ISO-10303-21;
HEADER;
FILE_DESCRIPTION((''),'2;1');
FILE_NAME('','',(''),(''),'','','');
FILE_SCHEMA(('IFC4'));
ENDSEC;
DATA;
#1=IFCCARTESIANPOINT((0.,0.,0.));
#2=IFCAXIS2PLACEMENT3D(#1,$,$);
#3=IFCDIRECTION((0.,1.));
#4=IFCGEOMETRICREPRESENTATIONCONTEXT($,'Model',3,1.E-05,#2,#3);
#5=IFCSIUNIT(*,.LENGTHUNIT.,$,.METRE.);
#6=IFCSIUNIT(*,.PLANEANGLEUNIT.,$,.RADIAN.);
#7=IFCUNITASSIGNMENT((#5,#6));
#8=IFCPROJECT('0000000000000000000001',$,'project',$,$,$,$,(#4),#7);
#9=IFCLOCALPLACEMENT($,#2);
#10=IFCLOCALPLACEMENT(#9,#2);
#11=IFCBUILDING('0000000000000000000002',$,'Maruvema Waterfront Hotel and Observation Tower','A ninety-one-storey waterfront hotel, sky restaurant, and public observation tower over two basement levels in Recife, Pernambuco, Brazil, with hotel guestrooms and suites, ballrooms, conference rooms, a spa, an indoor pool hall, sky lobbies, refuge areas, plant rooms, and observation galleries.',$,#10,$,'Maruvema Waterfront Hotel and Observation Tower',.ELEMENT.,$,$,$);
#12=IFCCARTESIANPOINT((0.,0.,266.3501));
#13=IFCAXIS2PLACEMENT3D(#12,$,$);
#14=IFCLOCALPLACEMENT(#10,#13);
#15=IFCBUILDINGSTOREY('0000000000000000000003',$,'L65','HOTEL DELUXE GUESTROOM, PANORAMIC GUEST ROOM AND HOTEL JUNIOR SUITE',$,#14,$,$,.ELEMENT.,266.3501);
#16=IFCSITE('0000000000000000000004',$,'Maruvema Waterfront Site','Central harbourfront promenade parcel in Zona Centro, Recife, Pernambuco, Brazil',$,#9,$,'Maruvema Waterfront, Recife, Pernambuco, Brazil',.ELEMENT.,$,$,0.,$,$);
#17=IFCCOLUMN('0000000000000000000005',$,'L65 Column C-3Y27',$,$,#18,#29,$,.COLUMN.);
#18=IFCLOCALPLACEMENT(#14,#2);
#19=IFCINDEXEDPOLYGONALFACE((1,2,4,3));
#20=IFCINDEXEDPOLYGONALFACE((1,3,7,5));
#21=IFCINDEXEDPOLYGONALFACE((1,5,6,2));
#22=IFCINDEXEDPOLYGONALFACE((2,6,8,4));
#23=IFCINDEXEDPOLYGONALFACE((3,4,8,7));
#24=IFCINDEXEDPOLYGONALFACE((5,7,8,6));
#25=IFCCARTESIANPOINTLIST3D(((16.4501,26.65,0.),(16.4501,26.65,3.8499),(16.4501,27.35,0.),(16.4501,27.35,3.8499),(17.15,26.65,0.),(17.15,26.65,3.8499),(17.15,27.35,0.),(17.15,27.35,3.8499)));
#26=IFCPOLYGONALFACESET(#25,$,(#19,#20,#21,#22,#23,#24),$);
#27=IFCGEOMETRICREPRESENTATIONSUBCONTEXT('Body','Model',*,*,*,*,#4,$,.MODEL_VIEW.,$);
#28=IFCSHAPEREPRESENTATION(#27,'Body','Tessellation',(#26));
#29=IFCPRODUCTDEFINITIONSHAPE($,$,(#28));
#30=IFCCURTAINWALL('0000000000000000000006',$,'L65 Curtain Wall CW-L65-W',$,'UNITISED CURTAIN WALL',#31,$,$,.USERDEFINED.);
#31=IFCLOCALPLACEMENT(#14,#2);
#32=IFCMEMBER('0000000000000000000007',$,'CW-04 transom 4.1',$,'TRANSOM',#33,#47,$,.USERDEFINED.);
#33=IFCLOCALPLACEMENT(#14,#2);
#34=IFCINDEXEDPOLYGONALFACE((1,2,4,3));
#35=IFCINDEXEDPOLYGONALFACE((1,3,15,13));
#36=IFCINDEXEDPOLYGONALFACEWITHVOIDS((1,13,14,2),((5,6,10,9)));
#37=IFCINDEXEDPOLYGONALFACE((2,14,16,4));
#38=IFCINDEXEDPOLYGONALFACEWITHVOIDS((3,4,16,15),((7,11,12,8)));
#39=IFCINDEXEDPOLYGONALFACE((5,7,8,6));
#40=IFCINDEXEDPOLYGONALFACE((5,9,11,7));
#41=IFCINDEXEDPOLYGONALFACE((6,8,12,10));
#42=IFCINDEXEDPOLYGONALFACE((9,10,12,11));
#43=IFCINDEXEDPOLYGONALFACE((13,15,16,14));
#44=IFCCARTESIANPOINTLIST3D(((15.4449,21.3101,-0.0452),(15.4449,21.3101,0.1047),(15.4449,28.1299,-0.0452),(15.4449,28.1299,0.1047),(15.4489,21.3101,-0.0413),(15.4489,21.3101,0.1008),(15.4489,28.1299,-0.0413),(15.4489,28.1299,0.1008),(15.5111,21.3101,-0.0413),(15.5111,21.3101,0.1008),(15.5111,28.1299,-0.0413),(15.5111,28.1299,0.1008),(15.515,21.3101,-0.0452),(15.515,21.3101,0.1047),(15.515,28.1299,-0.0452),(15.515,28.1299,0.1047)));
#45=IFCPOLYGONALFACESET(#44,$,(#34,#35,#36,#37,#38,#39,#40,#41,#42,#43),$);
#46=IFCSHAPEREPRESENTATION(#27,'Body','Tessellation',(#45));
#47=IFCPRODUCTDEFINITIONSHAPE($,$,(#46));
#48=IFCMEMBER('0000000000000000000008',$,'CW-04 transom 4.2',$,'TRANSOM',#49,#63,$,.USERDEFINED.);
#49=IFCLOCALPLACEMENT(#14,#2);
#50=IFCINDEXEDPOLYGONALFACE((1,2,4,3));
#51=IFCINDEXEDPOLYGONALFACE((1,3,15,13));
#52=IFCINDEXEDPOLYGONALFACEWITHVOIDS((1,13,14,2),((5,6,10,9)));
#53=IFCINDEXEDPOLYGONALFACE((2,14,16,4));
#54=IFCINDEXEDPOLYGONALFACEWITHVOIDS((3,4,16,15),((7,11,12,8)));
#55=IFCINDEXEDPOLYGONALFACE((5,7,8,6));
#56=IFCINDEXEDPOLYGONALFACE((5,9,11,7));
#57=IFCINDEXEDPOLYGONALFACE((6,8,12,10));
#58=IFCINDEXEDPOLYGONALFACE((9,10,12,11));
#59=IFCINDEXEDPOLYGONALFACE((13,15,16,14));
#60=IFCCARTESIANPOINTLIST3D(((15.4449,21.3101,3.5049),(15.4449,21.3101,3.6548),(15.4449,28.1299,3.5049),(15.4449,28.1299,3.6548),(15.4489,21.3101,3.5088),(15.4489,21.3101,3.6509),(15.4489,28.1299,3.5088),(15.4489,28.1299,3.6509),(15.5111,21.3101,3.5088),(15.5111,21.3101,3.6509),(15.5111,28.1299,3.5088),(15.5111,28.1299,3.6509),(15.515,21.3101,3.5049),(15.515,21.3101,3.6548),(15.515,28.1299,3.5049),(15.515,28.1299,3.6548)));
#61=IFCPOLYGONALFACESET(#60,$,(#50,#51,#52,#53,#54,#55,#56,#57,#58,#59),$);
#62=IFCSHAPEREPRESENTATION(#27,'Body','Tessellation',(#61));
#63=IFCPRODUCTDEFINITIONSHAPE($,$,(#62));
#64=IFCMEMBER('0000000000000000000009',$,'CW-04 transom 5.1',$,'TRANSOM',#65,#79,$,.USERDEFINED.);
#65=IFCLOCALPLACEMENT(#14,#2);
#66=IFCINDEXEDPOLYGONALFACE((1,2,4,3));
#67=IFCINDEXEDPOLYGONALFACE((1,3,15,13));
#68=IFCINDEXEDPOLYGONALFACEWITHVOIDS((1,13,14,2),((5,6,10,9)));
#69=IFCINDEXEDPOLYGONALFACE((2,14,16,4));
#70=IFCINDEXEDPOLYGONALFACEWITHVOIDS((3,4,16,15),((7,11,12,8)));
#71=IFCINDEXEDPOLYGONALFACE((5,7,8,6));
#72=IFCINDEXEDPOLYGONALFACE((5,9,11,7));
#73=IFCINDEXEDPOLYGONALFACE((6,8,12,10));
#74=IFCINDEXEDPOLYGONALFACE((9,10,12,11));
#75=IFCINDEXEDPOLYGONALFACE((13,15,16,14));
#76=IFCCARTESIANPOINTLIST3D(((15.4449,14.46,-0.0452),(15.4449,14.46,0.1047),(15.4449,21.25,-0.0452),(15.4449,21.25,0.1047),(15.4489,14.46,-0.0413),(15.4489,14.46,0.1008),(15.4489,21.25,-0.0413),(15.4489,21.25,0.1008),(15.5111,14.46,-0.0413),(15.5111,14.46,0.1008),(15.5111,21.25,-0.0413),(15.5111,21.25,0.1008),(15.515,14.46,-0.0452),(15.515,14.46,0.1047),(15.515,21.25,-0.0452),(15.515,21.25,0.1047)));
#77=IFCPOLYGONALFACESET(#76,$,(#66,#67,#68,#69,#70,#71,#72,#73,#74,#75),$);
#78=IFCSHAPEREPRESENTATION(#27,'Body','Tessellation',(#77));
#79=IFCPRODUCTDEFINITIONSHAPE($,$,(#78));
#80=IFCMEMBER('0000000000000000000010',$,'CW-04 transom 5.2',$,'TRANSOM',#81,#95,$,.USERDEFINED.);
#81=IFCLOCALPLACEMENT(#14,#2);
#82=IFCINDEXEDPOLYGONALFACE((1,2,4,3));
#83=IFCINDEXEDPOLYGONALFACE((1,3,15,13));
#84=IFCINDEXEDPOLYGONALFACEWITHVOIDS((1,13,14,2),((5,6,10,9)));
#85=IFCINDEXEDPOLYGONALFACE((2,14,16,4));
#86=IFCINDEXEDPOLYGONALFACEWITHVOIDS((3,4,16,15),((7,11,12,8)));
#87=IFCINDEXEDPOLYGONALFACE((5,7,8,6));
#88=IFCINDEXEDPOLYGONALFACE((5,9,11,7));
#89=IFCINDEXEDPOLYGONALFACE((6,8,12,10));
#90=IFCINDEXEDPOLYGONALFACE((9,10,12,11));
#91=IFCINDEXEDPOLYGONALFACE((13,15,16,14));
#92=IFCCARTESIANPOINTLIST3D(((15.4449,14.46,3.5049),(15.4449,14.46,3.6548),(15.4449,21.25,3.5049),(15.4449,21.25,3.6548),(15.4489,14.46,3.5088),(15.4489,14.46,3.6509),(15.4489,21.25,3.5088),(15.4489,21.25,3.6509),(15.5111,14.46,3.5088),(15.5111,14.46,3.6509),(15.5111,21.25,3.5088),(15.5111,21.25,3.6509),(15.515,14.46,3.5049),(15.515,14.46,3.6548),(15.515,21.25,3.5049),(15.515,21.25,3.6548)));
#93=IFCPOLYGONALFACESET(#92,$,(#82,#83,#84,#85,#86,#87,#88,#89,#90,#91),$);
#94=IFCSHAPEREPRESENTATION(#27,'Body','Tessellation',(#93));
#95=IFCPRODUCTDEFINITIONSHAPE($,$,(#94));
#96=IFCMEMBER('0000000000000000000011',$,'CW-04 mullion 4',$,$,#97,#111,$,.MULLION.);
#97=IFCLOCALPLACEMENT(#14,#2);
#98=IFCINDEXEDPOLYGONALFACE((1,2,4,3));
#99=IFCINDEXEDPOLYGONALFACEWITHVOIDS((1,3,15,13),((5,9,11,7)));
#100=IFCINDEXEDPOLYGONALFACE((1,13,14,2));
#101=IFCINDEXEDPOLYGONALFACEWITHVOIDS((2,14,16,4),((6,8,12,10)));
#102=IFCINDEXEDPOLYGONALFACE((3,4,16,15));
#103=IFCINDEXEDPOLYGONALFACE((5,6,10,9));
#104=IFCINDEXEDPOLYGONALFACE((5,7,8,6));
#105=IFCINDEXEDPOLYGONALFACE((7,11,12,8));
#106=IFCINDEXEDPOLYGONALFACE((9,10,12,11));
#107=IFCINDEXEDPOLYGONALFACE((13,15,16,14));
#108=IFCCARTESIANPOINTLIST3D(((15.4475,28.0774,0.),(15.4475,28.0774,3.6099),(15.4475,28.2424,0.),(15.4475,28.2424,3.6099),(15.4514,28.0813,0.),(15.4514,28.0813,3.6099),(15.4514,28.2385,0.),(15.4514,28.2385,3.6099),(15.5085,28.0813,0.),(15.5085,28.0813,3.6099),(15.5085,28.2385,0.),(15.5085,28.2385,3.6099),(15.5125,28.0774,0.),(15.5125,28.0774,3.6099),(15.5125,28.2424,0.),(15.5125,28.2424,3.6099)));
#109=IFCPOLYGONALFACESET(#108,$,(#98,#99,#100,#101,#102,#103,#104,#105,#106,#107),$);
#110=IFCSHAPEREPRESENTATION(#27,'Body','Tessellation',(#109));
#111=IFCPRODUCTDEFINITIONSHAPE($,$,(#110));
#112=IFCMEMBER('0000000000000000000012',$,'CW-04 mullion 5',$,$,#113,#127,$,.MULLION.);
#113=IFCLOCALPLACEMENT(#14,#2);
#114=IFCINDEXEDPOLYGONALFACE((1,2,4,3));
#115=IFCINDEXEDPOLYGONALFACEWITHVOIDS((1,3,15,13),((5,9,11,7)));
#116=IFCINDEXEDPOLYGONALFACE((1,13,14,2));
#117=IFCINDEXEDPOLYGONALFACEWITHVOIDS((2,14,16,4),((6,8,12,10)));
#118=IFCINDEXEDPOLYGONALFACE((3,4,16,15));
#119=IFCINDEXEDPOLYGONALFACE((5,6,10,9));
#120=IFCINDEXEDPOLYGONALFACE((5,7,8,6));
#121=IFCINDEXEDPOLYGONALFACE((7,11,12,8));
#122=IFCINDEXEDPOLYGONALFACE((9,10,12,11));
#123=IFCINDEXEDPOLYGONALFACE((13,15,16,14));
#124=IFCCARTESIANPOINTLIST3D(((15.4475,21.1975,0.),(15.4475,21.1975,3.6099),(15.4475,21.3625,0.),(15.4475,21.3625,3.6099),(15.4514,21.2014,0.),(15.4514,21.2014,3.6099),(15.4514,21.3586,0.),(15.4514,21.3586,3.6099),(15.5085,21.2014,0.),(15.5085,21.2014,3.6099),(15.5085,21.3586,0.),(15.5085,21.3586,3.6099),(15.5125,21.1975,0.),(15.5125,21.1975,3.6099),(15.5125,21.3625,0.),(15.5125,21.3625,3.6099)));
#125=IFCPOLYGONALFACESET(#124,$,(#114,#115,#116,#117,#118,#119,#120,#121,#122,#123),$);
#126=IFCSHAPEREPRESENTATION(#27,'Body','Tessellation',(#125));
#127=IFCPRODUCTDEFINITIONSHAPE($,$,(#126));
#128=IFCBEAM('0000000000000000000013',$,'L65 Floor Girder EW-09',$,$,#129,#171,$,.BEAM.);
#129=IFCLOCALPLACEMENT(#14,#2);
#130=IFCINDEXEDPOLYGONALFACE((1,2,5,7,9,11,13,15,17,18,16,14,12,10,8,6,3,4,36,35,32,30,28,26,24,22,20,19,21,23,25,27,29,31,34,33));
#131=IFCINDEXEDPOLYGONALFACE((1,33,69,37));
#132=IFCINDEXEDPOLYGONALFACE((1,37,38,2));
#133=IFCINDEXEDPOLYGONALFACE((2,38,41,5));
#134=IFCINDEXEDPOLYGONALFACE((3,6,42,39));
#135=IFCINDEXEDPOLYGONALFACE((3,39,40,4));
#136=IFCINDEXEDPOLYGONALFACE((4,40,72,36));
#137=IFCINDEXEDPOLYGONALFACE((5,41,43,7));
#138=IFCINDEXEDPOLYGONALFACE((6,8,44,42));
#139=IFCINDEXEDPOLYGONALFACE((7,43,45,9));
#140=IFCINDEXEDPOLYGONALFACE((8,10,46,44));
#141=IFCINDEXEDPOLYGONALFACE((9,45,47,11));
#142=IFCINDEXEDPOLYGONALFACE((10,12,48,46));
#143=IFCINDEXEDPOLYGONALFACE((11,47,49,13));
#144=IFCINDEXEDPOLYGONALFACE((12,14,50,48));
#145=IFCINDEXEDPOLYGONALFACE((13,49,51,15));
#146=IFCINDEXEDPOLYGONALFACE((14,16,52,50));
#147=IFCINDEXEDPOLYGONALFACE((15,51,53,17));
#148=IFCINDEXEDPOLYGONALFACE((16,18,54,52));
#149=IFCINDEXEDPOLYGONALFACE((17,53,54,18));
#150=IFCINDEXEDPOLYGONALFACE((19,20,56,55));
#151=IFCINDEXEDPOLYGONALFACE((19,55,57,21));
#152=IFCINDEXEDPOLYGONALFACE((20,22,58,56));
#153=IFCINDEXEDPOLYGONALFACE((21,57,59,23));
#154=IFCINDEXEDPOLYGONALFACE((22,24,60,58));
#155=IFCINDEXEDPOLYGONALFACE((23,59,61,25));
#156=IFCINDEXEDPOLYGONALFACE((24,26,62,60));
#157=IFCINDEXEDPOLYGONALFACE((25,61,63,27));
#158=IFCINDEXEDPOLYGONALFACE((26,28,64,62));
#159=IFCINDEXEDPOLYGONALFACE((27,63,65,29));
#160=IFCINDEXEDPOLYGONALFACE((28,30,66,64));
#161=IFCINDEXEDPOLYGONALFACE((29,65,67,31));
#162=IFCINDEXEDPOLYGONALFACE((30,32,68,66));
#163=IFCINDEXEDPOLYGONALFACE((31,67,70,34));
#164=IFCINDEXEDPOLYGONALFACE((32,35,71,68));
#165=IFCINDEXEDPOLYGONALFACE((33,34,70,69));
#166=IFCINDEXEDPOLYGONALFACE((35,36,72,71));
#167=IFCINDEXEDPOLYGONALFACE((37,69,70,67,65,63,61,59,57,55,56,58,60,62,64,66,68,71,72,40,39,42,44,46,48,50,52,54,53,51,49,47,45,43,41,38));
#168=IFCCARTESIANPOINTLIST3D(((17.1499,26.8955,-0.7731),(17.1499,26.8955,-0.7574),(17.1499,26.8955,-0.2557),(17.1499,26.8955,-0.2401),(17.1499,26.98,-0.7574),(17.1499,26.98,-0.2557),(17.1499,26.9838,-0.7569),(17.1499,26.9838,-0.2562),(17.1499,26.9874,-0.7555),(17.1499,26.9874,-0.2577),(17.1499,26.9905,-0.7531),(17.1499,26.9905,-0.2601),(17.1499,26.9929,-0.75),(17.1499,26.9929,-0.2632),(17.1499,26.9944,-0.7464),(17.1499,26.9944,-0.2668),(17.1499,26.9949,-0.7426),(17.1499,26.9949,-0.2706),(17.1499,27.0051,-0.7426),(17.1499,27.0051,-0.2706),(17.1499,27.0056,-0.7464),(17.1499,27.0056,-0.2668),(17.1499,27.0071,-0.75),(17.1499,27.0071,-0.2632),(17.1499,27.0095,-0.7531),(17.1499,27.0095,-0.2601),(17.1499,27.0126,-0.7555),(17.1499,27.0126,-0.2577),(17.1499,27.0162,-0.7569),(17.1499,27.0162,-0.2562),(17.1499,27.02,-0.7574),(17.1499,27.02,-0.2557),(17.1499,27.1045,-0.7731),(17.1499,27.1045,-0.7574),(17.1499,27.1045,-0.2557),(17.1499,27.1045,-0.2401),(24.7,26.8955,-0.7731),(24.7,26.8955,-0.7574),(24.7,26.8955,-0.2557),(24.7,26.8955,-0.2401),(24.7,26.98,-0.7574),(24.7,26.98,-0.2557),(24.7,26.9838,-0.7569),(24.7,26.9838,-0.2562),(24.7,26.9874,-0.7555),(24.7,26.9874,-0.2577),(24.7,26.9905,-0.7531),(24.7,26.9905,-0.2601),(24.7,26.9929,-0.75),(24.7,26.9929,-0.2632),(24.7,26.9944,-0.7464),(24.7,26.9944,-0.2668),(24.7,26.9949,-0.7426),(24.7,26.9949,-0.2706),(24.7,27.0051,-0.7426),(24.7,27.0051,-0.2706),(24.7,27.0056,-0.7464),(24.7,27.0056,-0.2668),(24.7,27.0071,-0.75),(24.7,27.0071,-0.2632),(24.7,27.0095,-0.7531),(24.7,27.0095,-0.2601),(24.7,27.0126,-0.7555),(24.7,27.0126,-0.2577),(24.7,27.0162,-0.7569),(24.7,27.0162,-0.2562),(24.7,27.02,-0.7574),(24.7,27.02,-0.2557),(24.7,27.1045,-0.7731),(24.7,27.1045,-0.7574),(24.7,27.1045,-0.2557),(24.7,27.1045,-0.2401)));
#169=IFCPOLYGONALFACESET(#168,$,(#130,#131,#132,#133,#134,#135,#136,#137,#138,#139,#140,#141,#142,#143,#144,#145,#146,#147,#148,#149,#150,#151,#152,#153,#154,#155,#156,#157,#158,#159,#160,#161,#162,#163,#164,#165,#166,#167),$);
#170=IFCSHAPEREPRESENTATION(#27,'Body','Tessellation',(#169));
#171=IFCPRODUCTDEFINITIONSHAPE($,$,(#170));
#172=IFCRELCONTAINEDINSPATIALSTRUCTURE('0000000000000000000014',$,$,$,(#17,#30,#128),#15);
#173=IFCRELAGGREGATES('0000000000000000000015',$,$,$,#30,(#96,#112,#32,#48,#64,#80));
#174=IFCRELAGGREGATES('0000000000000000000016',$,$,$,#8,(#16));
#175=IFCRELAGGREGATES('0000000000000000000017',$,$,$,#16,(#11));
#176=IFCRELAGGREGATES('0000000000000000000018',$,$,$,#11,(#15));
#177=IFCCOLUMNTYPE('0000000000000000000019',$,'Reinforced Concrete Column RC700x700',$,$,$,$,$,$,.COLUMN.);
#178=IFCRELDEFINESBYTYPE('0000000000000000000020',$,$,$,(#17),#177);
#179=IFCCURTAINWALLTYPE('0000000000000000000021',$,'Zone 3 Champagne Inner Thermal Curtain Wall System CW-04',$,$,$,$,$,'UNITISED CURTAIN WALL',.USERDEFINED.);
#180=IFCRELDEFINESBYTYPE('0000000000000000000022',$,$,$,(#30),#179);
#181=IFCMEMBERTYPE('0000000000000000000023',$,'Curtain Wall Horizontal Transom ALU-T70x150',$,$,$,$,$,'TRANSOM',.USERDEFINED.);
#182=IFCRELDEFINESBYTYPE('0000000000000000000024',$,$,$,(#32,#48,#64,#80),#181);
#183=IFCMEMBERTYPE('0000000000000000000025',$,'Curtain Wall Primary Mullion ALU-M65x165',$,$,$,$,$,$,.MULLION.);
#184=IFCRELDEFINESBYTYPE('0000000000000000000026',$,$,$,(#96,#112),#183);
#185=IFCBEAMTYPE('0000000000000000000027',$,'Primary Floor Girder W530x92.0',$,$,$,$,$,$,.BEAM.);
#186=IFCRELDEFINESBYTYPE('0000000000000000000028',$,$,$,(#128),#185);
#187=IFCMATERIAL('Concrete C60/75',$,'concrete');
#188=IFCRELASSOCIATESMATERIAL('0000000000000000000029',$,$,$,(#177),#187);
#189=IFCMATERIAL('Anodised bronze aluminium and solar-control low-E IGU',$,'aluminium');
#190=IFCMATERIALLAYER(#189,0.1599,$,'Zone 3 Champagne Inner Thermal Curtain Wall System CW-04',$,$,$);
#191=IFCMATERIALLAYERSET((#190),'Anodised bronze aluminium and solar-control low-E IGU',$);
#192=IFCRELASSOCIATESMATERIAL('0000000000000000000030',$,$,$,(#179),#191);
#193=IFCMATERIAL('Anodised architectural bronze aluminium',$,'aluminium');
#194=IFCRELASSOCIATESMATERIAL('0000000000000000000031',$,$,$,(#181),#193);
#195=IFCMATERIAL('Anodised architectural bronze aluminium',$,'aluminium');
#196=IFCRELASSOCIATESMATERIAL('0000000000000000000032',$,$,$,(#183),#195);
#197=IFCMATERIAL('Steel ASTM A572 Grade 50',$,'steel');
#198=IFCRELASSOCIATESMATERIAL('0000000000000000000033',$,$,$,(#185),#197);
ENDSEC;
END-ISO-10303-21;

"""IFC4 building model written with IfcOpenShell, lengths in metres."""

from ifc_helpers import new_model, si_unit, direction, frame, origin, origin_2d, place, context, subcontext, project, spatial, rectangle, hollow_rectangle, i_section, extrude, material, layer, layer_set, material_profile, profile_set, type_object, element, aggregate, save


model = new_model("IFC4")

# Units and contexts
model_context = context("Model", 3, precision=1e-05, world=origin(), true_north=direction((0.0, 1.0)))
body_context = subcontext(model_context, "Body", "Model", "MODEL_VIEW")
ifc_project = project(units=[si_unit("LENGTHUNIT", "METRE"), si_unit("PLANEANGLEUNIT", "RADIAN")], contexts=[model_context])

# Site, building, storey
site_placement = place(None, origin())
site = spatial("IfcSite", under=ifc_project, at=site_placement, Name="Maruvema Waterfront Site", Description="Central harbourfront promenade parcel in Zona Centro, Recife, Pernambuco, Brazil", LongName="Maruvema Waterfront, Recife, Pernambuco, Brazil", CompositionType="ELEMENT", RefElevation=0.0)
building_placement = place(site_placement, origin())
building = spatial("IfcBuilding", under=site, at=building_placement, Name="Maruvema Waterfront Hotel and Observation Tower", Description="A ninety-one-storey waterfront hotel, sky restaurant, and public observation tower over two basement levels in Recife, Pernambuco, Brazil, with hotel guestrooms and suites, ballrooms, conference rooms, a spa, an indoor pool hall, sky lobbies, refuge areas, plant rooms, and observation galleries.", LongName="Maruvema Waterfront Hotel and Observation Tower", CompositionType="ELEMENT")
storey_placement = place(building_placement, frame((0.0, 0.0, 266.3501)))
storey = spatial("IfcBuildingStorey", under=building, at=storey_placement, Name="L65", Description="HOTEL DELUXE GUESTROOM, PANORAMIC GUEST ROOM AND HOTEL JUNIOR SUITE", CompositionType="ELEMENT", Elevation=266.3501)

# Column
ifc_material_1 = material(Name="Concrete C60/75", Category="concrete")
ifc_material_profile_1 = material_profile(ifc_material_1, rectangle(XDim=0.7, YDim=0.7, at=origin_2d()), Name="RC700x700")
ifc_profile_set_1 = profile_set([ifc_material_profile_1], Name="Concrete C60/75")
column_type = type_object("IfcColumnType", Name="Reinforced Concrete Column RC700x700", PredefinedType="COLUMN", material=ifc_profile_set_1)
column_placement = place(storey_placement, frame((16.8, 27.0, 0.0), z_axis=(0.0, 0.0, 1.0), x_axis=(1.0, 0.0, 0.0)))
element("IfcColumn", 1, at=column_placement, inside=storey, type_object=column_type, Name="L65 Column C-3Y27", PredefinedType="COLUMN", context=body_context, shape_type="SweptSolid", body=[
    extrude(rectangle(XDim=0.7, YDim=0.7, at=origin_2d()), origin(), (0.0, 0.0, 1.0), 3.8499),
])

# Curtain wall, members
ifc_material_2 = material(Name="Anodised bronze aluminium and solar-control low-E IGU", Category="aluminium")
ifc_layer_1 = layer(ifc_material_2, 0.1599, Name="Zone 3 Champagne Inner Thermal Curtain Wall System CW-04")
ifc_layer_set_1 = layer_set([ifc_layer_1], Name="Anodised bronze aluminium and solar-control low-E IGU")
curtain_wall_type = type_object("IfcCurtainWallType", Name="Zone 3 Champagne Inner Thermal Curtain Wall System CW-04", ElementType="UNITISED CURTAIN WALL", PredefinedType="USERDEFINED", material=ifc_layer_set_1)
curtain_wall_placement = place(storey_placement, origin())
curtain_wall = element("IfcCurtainWall", 2, at=curtain_wall_placement, inside=storey, type_object=curtain_wall_type, Name="L65 Curtain Wall CW-L65-W", ObjectType="UNITISED CURTAIN WALL", PredefinedType="USERDEFINED")
ifc_material_3 = material(Name="Anodised architectural bronze aluminium", Category="aluminium")
ifc_material_profile_2 = material_profile(ifc_material_3, hollow_rectangle(XDim=0.0701, YDim=0.1499, WallThickness=0.0039, at=origin_2d()), Name="ALU-T70x150")
ifc_profile_set_2 = profile_set([ifc_material_profile_2], Name="Anodised architectural bronze aluminium")
member_type_1 = type_object("IfcMemberType", Name="Curtain Wall Horizontal Transom ALU-T70x150", ElementType="TRANSOM", PredefinedType="USERDEFINED", material=ifc_profile_set_2)
member_1_placement = place(storey_placement, frame((15.48, 28.1299, 0.0298), z_axis=(0.0, -1.0, 0.0), x_axis=(1.0, 0.0, 0.0)))
member_1 = element("IfcMember", 3, at=member_1_placement, type_object=member_type_1, Name="CW-04 transom 4.1", ObjectType="TRANSOM", PredefinedType="USERDEFINED", context=body_context, shape_type="SweptSolid", body=[
    extrude(hollow_rectangle(XDim=0.0701, YDim=0.1499, WallThickness=0.0039, at=origin_2d()), origin(), (0.0, 0.0, 1.0), 6.8198),
])
member_2_placement = place(storey_placement, frame((15.48, 28.1299, 3.5798), z_axis=(0.0, -1.0, 0.0), x_axis=(1.0, 0.0, 0.0)))
member_2 = element("IfcMember", 4, at=member_2_placement, type_object=member_type_1, Name="CW-04 transom 4.2", ObjectType="TRANSOM", PredefinedType="USERDEFINED", context=body_context, shape_type="SweptSolid", body=[
    extrude(hollow_rectangle(XDim=0.0701, YDim=0.1499, WallThickness=0.0039, at=origin_2d()), origin(), (0.0, 0.0, 1.0), 6.8198),
])
member_3_placement = place(storey_placement, frame((15.48, 21.25, 0.0298), z_axis=(0.0, -1.0, 0.0), x_axis=(1.0, 0.0, 0.0)))
member_3 = element("IfcMember", 5, at=member_3_placement, type_object=member_type_1, Name="CW-04 transom 5.1", ObjectType="TRANSOM", PredefinedType="USERDEFINED", context=body_context, shape_type="SweptSolid", body=[
    extrude(hollow_rectangle(XDim=0.0701, YDim=0.1499, WallThickness=0.0039, at=origin_2d()), origin(), (0.0, 0.0, 1.0), 6.79),
])
member_4_placement = place(storey_placement, frame((15.48, 21.25, 3.5798), z_axis=(0.0, -1.0, 0.0), x_axis=(1.0, 0.0, 0.0)))
member_4 = element("IfcMember", 6, at=member_4_placement, type_object=member_type_1, Name="CW-04 transom 5.2", ObjectType="TRANSOM", PredefinedType="USERDEFINED", context=body_context, shape_type="SweptSolid", body=[
    extrude(hollow_rectangle(XDim=0.0701, YDim=0.1499, WallThickness=0.0039, at=origin_2d()), origin(), (0.0, 0.0, 1.0), 6.79),
])
ifc_material_4 = material(Name="Anodised architectural bronze aluminium", Category="aluminium")
ifc_material_profile_3 = material_profile(ifc_material_4, hollow_rectangle(XDim=0.0649, YDim=0.165, WallThickness=0.0039, at=origin_2d()), Name="ALU-M65x165")
ifc_profile_set_3 = profile_set([ifc_material_profile_3], Name="Anodised architectural bronze aluminium")
member_type_2 = type_object("IfcMemberType", Name="Curtain Wall Primary Mullion ALU-M65x165", PredefinedType="MULLION", material=ifc_profile_set_3)
member_5_placement = place(storey_placement, frame((15.48, 28.1599, 0.0), z_axis=(0.0, 0.0, 1.0), x_axis=(1.0, 0.0, 0.0)))
member_5 = element("IfcMember", 7, at=member_5_placement, type_object=member_type_2, Name="CW-04 mullion 4", PredefinedType="MULLION", context=body_context, shape_type="SweptSolid", body=[
    extrude(hollow_rectangle(XDim=0.0649, YDim=0.165, WallThickness=0.0039, at=origin_2d()), origin(), (0.0, 0.0, 1.0), 3.6099),
])
member_6_placement = place(storey_placement, frame((15.48, 21.28, 0.0), z_axis=(0.0, 0.0, 1.0), x_axis=(1.0, 0.0, 0.0)))
member_6 = element("IfcMember", 8, at=member_6_placement, type_object=member_type_2, Name="CW-04 mullion 5", PredefinedType="MULLION", context=body_context, shape_type="SweptSolid", body=[
    extrude(hollow_rectangle(XDim=0.0649, YDim=0.165, WallThickness=0.0039, at=origin_2d()), origin(), (0.0, 0.0, 1.0), 3.6099),
])

# Beam
ifc_material_5 = material(Name="Steel ASTM A572 Grade 50", Category="steel")
ifc_material_profile_4 = material_profile(ifc_material_5, i_section(OverallWidth=0.209, OverallDepth=0.533, WebThickness=0.0103, FlangeThickness=0.0156, FilletRadius=0.0149, at=origin_2d()), Name="W530x92.0")
ifc_profile_set_4 = profile_set([ifc_material_profile_4], Name="Steel ASTM A572 Grade 50")
beam_type_1 = type_object("IfcBeamType", Name="Primary Floor Girder W530x92.0", PredefinedType="BEAM", material=ifc_profile_set_4)
beam_1_placement = place(storey_placement, frame((17.1499, 27.0, -0.5066), z_axis=(1.0, 0.0, 0.0), x_axis=(0.0, 1.0, 0.0)))
element("IfcBeam", 9, at=beam_1_placement, inside=storey, type_object=beam_type_1, Name="L65 Floor Girder EW-09", PredefinedType="BEAM", context=body_context, shape_type="SweptSolid", body=[
    extrude(i_section(OverallWidth=0.209, OverallDepth=0.533, WebThickness=0.0103, FlangeThickness=0.0156, FilletRadius=0.0149, at=origin_2d()), origin(), (0.0, 0.0, 1.0), 7.55),
])

aggregate(curtain_wall, [member_5, member_6, member_1, member_2, member_3, member_4])

save(model, "model.ifc")
